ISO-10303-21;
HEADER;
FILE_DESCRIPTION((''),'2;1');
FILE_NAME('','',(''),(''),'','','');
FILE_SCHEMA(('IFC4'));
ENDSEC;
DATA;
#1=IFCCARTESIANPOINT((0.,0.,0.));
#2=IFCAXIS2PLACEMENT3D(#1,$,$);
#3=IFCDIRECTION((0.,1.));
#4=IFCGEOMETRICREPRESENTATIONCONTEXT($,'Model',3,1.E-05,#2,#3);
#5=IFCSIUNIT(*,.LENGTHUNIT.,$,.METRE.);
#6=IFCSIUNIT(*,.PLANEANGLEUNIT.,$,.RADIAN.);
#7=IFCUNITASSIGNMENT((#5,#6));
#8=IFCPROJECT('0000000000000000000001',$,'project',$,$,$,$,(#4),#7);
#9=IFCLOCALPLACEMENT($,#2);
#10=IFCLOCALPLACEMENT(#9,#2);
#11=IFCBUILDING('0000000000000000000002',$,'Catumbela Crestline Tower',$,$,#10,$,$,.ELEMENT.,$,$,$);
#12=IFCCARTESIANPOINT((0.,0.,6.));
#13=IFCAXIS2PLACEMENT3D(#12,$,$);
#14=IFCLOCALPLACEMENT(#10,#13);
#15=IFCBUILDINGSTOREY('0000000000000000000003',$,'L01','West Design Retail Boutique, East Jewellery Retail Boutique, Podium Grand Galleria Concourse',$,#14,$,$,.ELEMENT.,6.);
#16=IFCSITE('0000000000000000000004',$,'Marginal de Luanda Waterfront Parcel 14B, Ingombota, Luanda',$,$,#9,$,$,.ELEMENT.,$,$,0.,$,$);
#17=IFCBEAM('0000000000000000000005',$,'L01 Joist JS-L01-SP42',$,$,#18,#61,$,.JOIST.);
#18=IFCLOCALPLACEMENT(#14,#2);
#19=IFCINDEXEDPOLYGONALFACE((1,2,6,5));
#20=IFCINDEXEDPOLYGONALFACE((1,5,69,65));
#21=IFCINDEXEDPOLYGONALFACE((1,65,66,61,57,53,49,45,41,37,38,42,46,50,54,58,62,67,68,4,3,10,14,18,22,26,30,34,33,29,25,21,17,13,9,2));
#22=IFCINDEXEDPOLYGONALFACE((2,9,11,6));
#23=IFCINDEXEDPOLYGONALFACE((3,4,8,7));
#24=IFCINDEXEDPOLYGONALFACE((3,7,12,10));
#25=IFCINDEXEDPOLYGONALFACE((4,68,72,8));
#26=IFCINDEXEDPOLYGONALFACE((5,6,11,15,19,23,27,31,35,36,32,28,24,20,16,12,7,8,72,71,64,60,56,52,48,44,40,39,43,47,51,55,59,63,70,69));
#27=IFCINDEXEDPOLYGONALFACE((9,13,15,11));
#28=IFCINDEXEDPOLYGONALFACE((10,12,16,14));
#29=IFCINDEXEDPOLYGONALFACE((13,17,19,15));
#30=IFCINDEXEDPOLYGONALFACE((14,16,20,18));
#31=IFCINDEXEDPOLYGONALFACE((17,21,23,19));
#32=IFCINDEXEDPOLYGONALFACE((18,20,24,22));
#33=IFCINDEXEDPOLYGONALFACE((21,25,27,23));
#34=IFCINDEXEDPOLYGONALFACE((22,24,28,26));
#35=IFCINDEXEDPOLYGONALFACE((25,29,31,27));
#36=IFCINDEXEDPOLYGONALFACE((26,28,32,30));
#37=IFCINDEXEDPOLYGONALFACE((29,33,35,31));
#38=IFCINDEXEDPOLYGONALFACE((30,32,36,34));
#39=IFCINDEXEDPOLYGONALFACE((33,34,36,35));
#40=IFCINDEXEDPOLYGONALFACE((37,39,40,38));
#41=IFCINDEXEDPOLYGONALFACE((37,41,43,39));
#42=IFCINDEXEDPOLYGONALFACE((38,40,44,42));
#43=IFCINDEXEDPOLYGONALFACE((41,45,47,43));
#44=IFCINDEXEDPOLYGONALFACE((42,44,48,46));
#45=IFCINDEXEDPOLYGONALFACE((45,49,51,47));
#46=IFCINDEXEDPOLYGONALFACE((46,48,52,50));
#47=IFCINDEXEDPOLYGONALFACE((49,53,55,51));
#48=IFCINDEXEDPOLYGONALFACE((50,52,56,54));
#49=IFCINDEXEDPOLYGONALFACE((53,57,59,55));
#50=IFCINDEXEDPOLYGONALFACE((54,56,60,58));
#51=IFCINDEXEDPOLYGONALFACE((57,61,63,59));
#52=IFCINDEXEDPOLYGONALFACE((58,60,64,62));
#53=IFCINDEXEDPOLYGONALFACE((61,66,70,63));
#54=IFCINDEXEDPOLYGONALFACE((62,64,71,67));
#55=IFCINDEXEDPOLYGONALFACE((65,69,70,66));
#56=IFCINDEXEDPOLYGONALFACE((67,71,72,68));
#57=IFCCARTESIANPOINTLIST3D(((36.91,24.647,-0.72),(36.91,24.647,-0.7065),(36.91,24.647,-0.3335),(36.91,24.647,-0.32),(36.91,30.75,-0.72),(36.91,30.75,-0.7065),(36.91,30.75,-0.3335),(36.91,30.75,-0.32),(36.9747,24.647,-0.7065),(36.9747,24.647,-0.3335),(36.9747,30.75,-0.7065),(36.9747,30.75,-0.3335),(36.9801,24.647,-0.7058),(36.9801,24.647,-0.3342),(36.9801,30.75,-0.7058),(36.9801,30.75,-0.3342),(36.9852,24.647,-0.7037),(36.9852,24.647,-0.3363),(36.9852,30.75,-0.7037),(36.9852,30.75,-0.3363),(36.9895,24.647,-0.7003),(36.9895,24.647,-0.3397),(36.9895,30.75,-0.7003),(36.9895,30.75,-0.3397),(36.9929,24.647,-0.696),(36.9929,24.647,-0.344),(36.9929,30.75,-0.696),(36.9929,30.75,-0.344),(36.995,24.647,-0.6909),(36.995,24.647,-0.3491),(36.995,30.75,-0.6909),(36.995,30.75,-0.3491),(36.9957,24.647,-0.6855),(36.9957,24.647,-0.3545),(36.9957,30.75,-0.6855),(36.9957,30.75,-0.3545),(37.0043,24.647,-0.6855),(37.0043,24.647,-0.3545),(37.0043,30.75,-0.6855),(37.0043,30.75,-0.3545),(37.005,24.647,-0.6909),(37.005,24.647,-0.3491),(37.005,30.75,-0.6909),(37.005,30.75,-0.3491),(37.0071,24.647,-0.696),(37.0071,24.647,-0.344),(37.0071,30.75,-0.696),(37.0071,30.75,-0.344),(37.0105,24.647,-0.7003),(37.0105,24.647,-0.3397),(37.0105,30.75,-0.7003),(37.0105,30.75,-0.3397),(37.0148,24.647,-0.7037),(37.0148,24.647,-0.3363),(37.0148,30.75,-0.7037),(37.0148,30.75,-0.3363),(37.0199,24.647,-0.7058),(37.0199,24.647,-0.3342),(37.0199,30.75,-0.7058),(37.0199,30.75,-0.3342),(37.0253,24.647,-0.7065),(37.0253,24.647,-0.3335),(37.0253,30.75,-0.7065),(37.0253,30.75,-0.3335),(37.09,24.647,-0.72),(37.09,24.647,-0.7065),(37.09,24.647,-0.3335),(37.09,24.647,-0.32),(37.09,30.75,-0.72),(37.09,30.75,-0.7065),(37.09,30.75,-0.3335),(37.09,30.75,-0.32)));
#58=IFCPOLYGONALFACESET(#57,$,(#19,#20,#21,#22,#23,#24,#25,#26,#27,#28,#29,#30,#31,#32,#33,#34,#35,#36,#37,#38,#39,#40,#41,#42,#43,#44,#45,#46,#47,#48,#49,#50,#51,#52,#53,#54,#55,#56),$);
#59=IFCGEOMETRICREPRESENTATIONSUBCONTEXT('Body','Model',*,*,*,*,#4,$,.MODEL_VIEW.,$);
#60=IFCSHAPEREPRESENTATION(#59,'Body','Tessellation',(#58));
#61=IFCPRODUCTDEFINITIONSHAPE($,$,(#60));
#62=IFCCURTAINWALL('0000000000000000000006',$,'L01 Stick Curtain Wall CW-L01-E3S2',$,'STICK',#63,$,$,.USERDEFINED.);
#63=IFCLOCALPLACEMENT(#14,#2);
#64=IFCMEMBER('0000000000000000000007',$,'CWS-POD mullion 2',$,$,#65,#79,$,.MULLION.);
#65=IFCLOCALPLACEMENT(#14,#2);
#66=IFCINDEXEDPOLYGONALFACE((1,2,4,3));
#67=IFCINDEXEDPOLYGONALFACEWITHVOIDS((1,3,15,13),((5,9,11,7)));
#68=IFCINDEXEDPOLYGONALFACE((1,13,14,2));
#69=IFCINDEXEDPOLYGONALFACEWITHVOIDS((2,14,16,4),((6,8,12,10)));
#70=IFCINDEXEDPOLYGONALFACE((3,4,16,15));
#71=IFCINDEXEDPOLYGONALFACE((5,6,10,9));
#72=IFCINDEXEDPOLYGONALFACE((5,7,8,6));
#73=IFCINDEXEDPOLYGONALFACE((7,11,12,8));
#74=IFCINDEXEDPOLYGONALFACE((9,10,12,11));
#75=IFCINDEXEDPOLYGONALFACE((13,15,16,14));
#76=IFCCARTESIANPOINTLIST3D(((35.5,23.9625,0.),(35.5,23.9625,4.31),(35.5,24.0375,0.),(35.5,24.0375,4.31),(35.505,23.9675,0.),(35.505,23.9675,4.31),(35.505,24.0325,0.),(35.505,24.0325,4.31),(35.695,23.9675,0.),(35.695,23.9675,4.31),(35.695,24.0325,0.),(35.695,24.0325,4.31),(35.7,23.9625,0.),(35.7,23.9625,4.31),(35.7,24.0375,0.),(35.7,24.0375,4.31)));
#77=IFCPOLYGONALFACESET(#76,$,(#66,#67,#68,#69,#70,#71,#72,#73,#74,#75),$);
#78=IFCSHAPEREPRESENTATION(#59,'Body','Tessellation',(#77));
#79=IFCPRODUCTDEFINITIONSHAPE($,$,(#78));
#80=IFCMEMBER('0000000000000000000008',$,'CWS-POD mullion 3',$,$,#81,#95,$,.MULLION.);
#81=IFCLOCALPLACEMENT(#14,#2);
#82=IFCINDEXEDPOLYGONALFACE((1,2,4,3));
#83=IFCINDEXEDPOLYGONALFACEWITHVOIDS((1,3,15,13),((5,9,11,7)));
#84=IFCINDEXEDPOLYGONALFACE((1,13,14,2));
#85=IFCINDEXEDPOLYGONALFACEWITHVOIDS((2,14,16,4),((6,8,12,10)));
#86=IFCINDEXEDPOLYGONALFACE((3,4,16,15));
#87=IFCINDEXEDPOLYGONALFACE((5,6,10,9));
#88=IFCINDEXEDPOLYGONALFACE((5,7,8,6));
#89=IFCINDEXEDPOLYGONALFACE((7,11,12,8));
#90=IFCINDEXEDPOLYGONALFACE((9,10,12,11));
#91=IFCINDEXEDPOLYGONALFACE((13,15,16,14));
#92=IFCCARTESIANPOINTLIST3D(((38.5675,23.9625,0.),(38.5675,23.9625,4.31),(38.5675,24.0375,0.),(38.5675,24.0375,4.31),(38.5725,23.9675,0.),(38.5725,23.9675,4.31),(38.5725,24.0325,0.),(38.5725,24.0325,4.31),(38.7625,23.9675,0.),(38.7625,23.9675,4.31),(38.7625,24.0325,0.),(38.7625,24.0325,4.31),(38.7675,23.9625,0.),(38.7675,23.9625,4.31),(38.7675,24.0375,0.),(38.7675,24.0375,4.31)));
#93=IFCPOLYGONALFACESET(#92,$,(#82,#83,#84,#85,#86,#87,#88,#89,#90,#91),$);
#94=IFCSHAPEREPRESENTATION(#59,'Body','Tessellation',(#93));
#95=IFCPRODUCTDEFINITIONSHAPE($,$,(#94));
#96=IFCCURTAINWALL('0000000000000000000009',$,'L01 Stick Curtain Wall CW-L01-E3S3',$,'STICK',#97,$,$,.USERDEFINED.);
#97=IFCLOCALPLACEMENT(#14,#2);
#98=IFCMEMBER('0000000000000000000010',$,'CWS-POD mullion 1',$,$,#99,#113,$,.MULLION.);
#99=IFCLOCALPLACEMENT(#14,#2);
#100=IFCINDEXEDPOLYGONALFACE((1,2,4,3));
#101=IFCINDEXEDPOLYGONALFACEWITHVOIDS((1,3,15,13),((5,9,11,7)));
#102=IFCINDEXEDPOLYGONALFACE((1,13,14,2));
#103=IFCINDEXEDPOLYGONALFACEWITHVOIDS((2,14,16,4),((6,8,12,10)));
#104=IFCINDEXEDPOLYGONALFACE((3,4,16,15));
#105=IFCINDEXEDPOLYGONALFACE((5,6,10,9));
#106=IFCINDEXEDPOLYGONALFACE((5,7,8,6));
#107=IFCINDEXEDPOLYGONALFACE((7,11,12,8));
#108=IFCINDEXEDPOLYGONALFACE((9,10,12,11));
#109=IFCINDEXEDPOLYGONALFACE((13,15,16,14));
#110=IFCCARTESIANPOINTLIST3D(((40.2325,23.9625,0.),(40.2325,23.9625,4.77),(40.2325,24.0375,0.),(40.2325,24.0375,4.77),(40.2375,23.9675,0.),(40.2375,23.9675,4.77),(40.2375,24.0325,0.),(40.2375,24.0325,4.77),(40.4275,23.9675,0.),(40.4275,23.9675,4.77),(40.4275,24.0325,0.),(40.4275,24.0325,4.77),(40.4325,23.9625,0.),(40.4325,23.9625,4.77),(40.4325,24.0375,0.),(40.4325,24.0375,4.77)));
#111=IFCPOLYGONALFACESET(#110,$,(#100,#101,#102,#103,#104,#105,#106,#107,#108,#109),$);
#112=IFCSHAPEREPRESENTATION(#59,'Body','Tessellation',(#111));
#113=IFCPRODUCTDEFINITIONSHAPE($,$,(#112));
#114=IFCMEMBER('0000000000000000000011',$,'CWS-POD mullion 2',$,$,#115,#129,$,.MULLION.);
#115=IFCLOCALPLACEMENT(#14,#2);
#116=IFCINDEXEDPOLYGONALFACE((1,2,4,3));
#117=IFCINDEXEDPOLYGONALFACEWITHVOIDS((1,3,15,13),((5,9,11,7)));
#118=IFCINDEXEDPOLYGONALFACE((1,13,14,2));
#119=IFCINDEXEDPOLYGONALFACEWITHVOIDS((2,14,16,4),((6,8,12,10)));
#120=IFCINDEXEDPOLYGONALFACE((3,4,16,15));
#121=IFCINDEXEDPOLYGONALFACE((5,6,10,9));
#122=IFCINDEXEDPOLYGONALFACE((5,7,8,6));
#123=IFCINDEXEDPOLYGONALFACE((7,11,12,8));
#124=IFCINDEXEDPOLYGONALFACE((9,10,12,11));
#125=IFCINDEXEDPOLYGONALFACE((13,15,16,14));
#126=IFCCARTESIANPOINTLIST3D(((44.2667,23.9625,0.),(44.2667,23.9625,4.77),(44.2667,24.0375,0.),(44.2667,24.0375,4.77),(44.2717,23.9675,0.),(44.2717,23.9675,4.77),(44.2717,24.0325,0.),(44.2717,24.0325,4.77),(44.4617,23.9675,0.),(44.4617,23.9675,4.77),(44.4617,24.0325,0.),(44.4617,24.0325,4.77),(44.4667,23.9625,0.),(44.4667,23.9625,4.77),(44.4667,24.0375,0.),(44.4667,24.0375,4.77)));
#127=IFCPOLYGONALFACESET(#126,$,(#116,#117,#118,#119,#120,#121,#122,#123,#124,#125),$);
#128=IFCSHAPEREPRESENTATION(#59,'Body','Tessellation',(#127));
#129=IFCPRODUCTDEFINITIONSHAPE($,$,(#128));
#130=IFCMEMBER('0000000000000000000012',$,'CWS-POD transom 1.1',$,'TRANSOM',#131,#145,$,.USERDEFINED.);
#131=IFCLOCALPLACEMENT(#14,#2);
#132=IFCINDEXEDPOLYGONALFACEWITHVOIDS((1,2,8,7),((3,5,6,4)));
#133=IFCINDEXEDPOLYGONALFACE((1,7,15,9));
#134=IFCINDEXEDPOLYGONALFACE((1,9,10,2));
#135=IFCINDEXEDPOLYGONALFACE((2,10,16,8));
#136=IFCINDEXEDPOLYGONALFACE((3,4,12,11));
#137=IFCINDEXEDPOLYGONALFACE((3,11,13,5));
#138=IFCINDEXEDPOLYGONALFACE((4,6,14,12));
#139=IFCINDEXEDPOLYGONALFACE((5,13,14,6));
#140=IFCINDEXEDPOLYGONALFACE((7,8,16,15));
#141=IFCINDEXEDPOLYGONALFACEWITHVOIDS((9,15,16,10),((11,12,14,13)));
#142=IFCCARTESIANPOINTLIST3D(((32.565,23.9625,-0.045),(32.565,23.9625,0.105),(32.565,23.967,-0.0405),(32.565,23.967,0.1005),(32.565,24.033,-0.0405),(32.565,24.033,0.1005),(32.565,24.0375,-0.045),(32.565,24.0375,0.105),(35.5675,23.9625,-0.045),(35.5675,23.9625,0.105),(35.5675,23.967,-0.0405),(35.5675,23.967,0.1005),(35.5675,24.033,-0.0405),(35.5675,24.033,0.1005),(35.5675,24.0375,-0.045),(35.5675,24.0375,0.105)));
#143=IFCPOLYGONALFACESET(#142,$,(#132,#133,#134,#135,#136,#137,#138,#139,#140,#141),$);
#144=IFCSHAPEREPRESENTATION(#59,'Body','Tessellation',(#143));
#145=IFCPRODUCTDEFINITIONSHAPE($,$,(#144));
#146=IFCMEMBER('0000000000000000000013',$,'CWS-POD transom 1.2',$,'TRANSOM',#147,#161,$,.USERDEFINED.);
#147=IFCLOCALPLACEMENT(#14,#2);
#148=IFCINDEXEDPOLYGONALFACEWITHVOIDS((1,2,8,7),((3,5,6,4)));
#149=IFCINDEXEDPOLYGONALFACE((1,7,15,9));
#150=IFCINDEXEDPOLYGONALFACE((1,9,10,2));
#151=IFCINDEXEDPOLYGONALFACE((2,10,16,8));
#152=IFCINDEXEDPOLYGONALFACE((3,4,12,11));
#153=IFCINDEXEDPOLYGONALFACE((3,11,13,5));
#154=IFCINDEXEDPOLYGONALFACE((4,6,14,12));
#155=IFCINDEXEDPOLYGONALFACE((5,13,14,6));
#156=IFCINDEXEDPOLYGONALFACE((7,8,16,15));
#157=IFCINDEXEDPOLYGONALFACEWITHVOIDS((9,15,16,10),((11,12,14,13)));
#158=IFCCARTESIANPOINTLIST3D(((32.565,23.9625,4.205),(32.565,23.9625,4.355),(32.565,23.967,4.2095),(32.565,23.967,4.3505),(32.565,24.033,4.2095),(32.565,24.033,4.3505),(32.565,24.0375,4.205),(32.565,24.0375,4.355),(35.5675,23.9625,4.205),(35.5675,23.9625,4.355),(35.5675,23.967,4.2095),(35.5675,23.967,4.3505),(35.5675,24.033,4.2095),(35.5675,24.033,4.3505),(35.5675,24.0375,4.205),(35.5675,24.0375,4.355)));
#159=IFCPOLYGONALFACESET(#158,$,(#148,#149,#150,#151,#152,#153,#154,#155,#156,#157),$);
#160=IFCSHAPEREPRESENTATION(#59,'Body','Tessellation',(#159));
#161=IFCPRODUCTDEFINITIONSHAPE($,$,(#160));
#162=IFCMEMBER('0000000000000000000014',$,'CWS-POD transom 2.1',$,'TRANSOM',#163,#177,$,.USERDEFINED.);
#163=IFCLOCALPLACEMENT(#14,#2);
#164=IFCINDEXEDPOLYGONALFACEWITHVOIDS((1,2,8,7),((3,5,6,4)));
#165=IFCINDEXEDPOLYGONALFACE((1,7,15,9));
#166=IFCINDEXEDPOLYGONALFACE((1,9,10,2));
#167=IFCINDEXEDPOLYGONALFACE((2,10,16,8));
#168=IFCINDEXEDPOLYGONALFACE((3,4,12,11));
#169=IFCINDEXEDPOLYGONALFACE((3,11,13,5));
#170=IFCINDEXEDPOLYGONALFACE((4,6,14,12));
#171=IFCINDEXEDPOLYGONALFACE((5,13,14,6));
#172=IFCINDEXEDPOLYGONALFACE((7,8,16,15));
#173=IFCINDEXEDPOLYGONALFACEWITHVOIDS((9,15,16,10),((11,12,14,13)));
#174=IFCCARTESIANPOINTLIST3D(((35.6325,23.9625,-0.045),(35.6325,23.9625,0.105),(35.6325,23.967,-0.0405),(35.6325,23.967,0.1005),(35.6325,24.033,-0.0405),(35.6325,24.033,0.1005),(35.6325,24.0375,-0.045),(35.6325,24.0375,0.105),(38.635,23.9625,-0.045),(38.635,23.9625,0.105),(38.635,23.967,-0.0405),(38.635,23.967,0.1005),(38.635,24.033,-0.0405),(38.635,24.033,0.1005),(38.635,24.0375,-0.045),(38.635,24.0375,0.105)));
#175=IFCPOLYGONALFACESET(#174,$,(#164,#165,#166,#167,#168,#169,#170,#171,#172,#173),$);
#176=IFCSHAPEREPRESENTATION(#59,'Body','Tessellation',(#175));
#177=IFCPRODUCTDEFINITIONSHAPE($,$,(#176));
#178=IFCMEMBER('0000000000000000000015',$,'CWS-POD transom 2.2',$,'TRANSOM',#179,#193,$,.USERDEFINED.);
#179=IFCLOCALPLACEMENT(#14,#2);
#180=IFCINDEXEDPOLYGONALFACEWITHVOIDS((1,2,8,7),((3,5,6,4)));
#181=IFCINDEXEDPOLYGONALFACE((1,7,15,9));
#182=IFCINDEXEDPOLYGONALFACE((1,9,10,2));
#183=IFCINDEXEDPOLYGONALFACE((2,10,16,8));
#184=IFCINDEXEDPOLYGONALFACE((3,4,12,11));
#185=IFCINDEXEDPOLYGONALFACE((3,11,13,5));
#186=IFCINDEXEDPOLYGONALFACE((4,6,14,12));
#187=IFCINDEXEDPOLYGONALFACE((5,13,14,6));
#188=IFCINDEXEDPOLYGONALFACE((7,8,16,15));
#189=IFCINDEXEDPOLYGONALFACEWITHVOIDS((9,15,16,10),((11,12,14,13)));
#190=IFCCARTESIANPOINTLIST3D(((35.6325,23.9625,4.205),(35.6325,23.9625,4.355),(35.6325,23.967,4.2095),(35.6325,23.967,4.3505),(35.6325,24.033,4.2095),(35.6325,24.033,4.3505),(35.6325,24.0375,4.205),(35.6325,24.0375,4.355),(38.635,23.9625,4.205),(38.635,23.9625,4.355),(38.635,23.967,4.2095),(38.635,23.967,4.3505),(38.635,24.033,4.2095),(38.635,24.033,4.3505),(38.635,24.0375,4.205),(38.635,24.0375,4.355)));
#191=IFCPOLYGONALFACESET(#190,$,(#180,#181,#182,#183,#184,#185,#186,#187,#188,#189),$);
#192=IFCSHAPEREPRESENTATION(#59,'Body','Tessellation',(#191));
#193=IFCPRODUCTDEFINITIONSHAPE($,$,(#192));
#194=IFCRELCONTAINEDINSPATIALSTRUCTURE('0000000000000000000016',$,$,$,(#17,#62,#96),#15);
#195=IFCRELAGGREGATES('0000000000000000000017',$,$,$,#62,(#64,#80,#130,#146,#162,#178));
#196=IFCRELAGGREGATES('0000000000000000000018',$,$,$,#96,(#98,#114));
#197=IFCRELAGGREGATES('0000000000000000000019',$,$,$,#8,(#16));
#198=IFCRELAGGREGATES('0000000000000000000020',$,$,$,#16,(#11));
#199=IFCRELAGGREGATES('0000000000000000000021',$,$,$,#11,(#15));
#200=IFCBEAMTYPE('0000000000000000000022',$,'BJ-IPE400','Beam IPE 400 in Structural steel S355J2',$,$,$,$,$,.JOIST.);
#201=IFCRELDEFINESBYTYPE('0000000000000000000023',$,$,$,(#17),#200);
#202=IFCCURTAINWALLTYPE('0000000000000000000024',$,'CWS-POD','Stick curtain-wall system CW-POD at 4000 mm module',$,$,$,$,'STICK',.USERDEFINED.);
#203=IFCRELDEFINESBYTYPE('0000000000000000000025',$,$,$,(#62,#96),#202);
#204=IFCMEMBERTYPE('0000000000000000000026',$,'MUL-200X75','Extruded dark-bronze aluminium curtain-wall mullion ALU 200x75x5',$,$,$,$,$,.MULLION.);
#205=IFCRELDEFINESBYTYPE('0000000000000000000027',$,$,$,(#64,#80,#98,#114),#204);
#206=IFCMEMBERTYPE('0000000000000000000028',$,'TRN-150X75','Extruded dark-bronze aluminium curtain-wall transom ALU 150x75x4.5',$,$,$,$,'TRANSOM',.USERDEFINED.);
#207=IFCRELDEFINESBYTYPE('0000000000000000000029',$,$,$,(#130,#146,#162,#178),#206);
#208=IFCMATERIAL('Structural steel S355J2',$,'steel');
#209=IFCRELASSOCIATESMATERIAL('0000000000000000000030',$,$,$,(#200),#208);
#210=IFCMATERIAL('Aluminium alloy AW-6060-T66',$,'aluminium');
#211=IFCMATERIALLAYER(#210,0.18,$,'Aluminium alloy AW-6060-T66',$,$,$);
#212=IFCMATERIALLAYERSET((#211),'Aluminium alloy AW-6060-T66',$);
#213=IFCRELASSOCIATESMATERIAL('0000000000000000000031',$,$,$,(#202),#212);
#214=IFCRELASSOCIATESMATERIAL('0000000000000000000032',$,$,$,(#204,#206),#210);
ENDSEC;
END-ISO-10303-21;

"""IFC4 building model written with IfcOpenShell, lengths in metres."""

from ifc_helpers import new_model, si_unit, direction, frame, origin, origin_2d, place, context, subcontext, project, spatial, hollow_rectangle, i_section, extrude, material, layer, layer_set, material_profile, profile_set, type_object, element, aggregate, save


model = new_model("IFC4")

# Units and contexts
model_context = context("Model", 3, precision=1e-05, world=origin(), true_north=direction((0.0, 1.0)))
body_context = subcontext(model_context, "Body", "Model", "MODEL_VIEW")
ifc_project = project(units=[si_unit("LENGTHUNIT", "METRE"), si_unit("PLANEANGLEUNIT", "RADIAN")], contexts=[model_context])

# Site, building, storey
site_placement = place(None, origin())
site = spatial("IfcSite", under=ifc_project, at=site_placement, Name="Marginal de Luanda Waterfront Parcel 14B, Ingombota, Luanda", CompositionType="ELEMENT", RefElevation=0.0)
building_placement = place(site_placement, origin())
building = spatial("IfcBuilding", under=site, at=building_placement, Name="Catumbela Crestline Tower", CompositionType="ELEMENT")
storey_placement = place(building_placement, frame((0.0, 0.0, 6.0)))
storey = spatial("IfcBuildingStorey", under=building, at=storey_placement, Name="L01", Description="West Design Retail Boutique, East Jewellery Retail Boutique, Podium Grand Galleria Concourse", CompositionType="ELEMENT", Elevation=6.0)

# Beam
ifc_material_1 = material(Name="Structural steel S355J2", Category="steel")
ifc_material_profile_1 = material_profile(ifc_material_1, i_section(OverallWidth=0.18, OverallDepth=0.4, WebThickness=0.0086, FlangeThickness=0.0135, FilletRadius=0.021, at=origin_2d()), Name="IPE 400")
ifc_profile_set_1 = profile_set([ifc_material_profile_1], Name="Structural steel S355J2")
beam_type_1 = type_object("IfcBeamType", Name="BJ-IPE400", Description="Beam IPE 400 in Structural steel S355J2", PredefinedType="JOIST", material=ifc_profile_set_1)
for number, where, z_axis, x_axis, name in (
    (1, (37.0, 24.647, -0.52), (0.0, 1.0, 0.0), (-1.0, 0.0, 0.0), "L01 Joist JS-L01-SP42"),
):
    element("IfcBeam", number, at=place(storey_placement, frame(where, z_axis=z_axis, x_axis=x_axis)), inside=storey, type_object=beam_type_1, Name=name, PredefinedType="JOIST", context=body_context, shape_type="SweptSolid", body=[
        extrude(i_section(OverallWidth=0.18, OverallDepth=0.4, WebThickness=0.0086, FlangeThickness=0.0135, FilletRadius=0.021, at=origin_2d()), origin(), (0.0, 0.0, 1.0), 6.103),
    ])

# Curtain walls, members
ifc_material_2 = material(Name="Aluminium alloy AW-6060-T66", Category="aluminium")
ifc_layer_1 = layer(ifc_material_2, 0.18, Name="Aluminium alloy AW-6060-T66")
ifc_layer_set_1 = layer_set([ifc_layer_1], Name="Aluminium alloy AW-6060-T66")
curtain_wall_type = type_object("IfcCurtainWallType", Name="CWS-POD", Description="Stick curtain-wall system CW-POD at 4000 mm module", ElementType="STICK", PredefinedType="USERDEFINED", material=ifc_layer_set_1)
curtain_wall_1_placement = place(storey_placement, origin())
curtain_wall_1 = element("IfcCurtainWall", 2, at=curtain_wall_1_placement, inside=storey, type_object=curtain_wall_type, Name="L01 Stick Curtain Wall CW-L01-E3S2", ObjectType="STICK", PredefinedType="USERDEFINED")
ifc_material_profile_2 = material_profile(ifc_material_2, hollow_rectangle(XDim=0.075, YDim=0.2, WallThickness=0.005, at=origin_2d()), Name="ALU 200x75x5")
ifc_profile_set_2 = profile_set([ifc_material_profile_2], Name="Aluminium alloy AW-6060-T66")
member_type_1 = type_object("IfcMemberType", Name="MUL-200X75", Description="Extruded dark-bronze aluminium curtain-wall mullion ALU 200x75x5", PredefinedType="MULLION", material=ifc_profile_set_2)
member_1_placement = place(storey_placement, frame((35.6, 24.0, 0.0), z_axis=(0.0, 0.0, 1.0), x_axis=(0.0, 1.0, 0.0)))
member_1 = element("IfcMember", 3, at=member_1_placement, type_object=member_type_1, Name="CWS-POD mullion 2", PredefinedType="MULLION", context=body_context, shape_type="SweptSolid", body=[
    extrude(hollow_rectangle(XDim=0.075, YDim=0.2, WallThickness=0.005, at=origin_2d()), origin(), (0.0, 0.0, 1.0), 4.31),
])
member_2_placement = place(storey_placement, frame((38.6675, 24.0, 0.0), z_axis=(0.0, 0.0, 1.0), x_axis=(0.0, 1.0, 0.0)))
member_2 = element("IfcMember", 4, at=member_2_placement, type_object=member_type_1, Name="CWS-POD mullion 3", PredefinedType="MULLION", context=body_context, shape_type="SweptSolid", body=[
    extrude(hollow_rectangle(XDim=0.075, YDim=0.2, WallThickness=0.005, at=origin_2d()), origin(), (0.0, 0.0, 1.0), 4.31),
])
curtain_wall_2_placement = place(storey_placement, origin())
curtain_wall_2 = element("IfcCurtainWall", 5, at=curtain_wall_2_placement, inside=storey, type_object=curtain_wall_type, Name="L01 Stick Curtain Wall CW-L01-E3S3", ObjectType="STICK", PredefinedType="USERDEFINED")
member_3_placement = place(storey_placement, frame((40.3325, 24.0, 0.0), z_axis=(0.0, 0.0, 1.0), x_axis=(0.0, 1.0, 0.0)))
member_3 = element("IfcMember", 6, at=member_3_placement, type_object=member_type_1, Name="CWS-POD mullion 1", PredefinedType="MULLION", context=body_context, shape_type="SweptSolid", body=[
    extrude(hollow_rectangle(XDim=0.075, YDim=0.2, WallThickness=0.005, at=origin_2d()), origin(), (0.0, 0.0, 1.0), 4.77),
])
member_4_placement = place(storey_placement, frame((44.3667, 24.0, 0.0), z_axis=(0.0, 0.0, 1.0), x_axis=(0.0, 1.0, 0.0)))
member_4 = element("IfcMember", 7, at=member_4_placement, type_object=member_type_1, Name="CWS-POD mullion 2", PredefinedType="MULLION", context=body_context, shape_type="SweptSolid", body=[
    extrude(hollow_rectangle(XDim=0.075, YDim=0.2, WallThickness=0.005, at=origin_2d()), origin(), (0.0, 0.0, 1.0), 4.77),
])

# Members
ifc_material_profile_3 = material_profile(ifc_material_2, hollow_rectangle(XDim=0.075, YDim=0.15, WallThickness=0.0045, at=origin_2d()), Name="ALU 150x75x4.5")
ifc_profile_set_3 = profile_set([ifc_material_profile_3], Name="Aluminium alloy AW-6060-T66")
member_type_2 = type_object("IfcMemberType", Name="TRN-150X75", Description="Extruded dark-bronze aluminium curtain-wall transom ALU 150x75x4.5", ElementType="TRANSOM", PredefinedType="USERDEFINED", material=ifc_profile_set_3)
member_5_placement = place(storey_placement, frame((32.565, 24.0, 0.03), z_axis=(1.0, 0.0, 0.0), x_axis=(0.0, 1.0, 0.0)))
member_5 = element("IfcMember", 8, at=member_5_placement, type_object=member_type_2, Name="CWS-POD transom 1.1", ObjectType="TRANSOM", PredefinedType="USERDEFINED", context=body_context, shape_type="SweptSolid", body=[
    extrude(hollow_rectangle(XDim=0.075, YDim=0.15, WallThickness=0.0045, at=origin_2d()), origin(), (0.0, 0.0, 1.0), 3.0025),
])
member_6_placement = place(storey_placement, frame((32.565, 24.0, 4.28), z_axis=(1.0, 0.0, 0.0), x_axis=(0.0, 1.0, 0.0)))
member_6 = element("IfcMember", 9, at=member_6_placement, type_object=member_type_2, Name="CWS-POD transom 1.2", ObjectType="TRANSOM", PredefinedType="USERDEFINED", context=body_context, shape_type="SweptSolid", body=[
    extrude(hollow_rectangle(XDim=0.075, YDim=0.15, WallThickness=0.0045, at=origin_2d()), origin(), (0.0, 0.0, 1.0), 3.0025),
])
member_7_placement = place(storey_placement, frame((35.6325, 24.0, 0.03), z_axis=(1.0, 0.0, 0.0), x_axis=(0.0, 1.0, 0.0)))
member_7 = element("IfcMember", 10, at=member_7_placement, type_object=member_type_2, Name="CWS-POD transom 2.1", ObjectType="TRANSOM", PredefinedType="USERDEFINED", context=body_context, shape_type="SweptSolid", body=[
    extrude(hollow_rectangle(XDim=0.075, YDim=0.15, WallThickness=0.0045, at=origin_2d()), origin(), (0.0, 0.0, 1.0), 3.0025),
])
member_8_placement = place(storey_placement, frame((35.6325, 24.0, 4.28), z_axis=(1.0, 0.0, 0.0), x_axis=(0.0, 1.0, 0.0)))
member_8 = element("IfcMember", 11, at=member_8_placement, type_object=member_type_2, Name="CWS-POD transom 2.2", ObjectType="TRANSOM", PredefinedType="USERDEFINED", context=body_context, shape_type="SweptSolid", body=[
    extrude(hollow_rectangle(XDim=0.075, YDim=0.15, WallThickness=0.0045, at=origin_2d()), origin(), (0.0, 0.0, 1.0), 3.0025),
])

aggregate(curtain_wall_1, [member_1, member_2, member_5, member_6, member_7, member_8])
aggregate(curtain_wall_2, [member_3, member_4])

save(model, "model.ifc")
